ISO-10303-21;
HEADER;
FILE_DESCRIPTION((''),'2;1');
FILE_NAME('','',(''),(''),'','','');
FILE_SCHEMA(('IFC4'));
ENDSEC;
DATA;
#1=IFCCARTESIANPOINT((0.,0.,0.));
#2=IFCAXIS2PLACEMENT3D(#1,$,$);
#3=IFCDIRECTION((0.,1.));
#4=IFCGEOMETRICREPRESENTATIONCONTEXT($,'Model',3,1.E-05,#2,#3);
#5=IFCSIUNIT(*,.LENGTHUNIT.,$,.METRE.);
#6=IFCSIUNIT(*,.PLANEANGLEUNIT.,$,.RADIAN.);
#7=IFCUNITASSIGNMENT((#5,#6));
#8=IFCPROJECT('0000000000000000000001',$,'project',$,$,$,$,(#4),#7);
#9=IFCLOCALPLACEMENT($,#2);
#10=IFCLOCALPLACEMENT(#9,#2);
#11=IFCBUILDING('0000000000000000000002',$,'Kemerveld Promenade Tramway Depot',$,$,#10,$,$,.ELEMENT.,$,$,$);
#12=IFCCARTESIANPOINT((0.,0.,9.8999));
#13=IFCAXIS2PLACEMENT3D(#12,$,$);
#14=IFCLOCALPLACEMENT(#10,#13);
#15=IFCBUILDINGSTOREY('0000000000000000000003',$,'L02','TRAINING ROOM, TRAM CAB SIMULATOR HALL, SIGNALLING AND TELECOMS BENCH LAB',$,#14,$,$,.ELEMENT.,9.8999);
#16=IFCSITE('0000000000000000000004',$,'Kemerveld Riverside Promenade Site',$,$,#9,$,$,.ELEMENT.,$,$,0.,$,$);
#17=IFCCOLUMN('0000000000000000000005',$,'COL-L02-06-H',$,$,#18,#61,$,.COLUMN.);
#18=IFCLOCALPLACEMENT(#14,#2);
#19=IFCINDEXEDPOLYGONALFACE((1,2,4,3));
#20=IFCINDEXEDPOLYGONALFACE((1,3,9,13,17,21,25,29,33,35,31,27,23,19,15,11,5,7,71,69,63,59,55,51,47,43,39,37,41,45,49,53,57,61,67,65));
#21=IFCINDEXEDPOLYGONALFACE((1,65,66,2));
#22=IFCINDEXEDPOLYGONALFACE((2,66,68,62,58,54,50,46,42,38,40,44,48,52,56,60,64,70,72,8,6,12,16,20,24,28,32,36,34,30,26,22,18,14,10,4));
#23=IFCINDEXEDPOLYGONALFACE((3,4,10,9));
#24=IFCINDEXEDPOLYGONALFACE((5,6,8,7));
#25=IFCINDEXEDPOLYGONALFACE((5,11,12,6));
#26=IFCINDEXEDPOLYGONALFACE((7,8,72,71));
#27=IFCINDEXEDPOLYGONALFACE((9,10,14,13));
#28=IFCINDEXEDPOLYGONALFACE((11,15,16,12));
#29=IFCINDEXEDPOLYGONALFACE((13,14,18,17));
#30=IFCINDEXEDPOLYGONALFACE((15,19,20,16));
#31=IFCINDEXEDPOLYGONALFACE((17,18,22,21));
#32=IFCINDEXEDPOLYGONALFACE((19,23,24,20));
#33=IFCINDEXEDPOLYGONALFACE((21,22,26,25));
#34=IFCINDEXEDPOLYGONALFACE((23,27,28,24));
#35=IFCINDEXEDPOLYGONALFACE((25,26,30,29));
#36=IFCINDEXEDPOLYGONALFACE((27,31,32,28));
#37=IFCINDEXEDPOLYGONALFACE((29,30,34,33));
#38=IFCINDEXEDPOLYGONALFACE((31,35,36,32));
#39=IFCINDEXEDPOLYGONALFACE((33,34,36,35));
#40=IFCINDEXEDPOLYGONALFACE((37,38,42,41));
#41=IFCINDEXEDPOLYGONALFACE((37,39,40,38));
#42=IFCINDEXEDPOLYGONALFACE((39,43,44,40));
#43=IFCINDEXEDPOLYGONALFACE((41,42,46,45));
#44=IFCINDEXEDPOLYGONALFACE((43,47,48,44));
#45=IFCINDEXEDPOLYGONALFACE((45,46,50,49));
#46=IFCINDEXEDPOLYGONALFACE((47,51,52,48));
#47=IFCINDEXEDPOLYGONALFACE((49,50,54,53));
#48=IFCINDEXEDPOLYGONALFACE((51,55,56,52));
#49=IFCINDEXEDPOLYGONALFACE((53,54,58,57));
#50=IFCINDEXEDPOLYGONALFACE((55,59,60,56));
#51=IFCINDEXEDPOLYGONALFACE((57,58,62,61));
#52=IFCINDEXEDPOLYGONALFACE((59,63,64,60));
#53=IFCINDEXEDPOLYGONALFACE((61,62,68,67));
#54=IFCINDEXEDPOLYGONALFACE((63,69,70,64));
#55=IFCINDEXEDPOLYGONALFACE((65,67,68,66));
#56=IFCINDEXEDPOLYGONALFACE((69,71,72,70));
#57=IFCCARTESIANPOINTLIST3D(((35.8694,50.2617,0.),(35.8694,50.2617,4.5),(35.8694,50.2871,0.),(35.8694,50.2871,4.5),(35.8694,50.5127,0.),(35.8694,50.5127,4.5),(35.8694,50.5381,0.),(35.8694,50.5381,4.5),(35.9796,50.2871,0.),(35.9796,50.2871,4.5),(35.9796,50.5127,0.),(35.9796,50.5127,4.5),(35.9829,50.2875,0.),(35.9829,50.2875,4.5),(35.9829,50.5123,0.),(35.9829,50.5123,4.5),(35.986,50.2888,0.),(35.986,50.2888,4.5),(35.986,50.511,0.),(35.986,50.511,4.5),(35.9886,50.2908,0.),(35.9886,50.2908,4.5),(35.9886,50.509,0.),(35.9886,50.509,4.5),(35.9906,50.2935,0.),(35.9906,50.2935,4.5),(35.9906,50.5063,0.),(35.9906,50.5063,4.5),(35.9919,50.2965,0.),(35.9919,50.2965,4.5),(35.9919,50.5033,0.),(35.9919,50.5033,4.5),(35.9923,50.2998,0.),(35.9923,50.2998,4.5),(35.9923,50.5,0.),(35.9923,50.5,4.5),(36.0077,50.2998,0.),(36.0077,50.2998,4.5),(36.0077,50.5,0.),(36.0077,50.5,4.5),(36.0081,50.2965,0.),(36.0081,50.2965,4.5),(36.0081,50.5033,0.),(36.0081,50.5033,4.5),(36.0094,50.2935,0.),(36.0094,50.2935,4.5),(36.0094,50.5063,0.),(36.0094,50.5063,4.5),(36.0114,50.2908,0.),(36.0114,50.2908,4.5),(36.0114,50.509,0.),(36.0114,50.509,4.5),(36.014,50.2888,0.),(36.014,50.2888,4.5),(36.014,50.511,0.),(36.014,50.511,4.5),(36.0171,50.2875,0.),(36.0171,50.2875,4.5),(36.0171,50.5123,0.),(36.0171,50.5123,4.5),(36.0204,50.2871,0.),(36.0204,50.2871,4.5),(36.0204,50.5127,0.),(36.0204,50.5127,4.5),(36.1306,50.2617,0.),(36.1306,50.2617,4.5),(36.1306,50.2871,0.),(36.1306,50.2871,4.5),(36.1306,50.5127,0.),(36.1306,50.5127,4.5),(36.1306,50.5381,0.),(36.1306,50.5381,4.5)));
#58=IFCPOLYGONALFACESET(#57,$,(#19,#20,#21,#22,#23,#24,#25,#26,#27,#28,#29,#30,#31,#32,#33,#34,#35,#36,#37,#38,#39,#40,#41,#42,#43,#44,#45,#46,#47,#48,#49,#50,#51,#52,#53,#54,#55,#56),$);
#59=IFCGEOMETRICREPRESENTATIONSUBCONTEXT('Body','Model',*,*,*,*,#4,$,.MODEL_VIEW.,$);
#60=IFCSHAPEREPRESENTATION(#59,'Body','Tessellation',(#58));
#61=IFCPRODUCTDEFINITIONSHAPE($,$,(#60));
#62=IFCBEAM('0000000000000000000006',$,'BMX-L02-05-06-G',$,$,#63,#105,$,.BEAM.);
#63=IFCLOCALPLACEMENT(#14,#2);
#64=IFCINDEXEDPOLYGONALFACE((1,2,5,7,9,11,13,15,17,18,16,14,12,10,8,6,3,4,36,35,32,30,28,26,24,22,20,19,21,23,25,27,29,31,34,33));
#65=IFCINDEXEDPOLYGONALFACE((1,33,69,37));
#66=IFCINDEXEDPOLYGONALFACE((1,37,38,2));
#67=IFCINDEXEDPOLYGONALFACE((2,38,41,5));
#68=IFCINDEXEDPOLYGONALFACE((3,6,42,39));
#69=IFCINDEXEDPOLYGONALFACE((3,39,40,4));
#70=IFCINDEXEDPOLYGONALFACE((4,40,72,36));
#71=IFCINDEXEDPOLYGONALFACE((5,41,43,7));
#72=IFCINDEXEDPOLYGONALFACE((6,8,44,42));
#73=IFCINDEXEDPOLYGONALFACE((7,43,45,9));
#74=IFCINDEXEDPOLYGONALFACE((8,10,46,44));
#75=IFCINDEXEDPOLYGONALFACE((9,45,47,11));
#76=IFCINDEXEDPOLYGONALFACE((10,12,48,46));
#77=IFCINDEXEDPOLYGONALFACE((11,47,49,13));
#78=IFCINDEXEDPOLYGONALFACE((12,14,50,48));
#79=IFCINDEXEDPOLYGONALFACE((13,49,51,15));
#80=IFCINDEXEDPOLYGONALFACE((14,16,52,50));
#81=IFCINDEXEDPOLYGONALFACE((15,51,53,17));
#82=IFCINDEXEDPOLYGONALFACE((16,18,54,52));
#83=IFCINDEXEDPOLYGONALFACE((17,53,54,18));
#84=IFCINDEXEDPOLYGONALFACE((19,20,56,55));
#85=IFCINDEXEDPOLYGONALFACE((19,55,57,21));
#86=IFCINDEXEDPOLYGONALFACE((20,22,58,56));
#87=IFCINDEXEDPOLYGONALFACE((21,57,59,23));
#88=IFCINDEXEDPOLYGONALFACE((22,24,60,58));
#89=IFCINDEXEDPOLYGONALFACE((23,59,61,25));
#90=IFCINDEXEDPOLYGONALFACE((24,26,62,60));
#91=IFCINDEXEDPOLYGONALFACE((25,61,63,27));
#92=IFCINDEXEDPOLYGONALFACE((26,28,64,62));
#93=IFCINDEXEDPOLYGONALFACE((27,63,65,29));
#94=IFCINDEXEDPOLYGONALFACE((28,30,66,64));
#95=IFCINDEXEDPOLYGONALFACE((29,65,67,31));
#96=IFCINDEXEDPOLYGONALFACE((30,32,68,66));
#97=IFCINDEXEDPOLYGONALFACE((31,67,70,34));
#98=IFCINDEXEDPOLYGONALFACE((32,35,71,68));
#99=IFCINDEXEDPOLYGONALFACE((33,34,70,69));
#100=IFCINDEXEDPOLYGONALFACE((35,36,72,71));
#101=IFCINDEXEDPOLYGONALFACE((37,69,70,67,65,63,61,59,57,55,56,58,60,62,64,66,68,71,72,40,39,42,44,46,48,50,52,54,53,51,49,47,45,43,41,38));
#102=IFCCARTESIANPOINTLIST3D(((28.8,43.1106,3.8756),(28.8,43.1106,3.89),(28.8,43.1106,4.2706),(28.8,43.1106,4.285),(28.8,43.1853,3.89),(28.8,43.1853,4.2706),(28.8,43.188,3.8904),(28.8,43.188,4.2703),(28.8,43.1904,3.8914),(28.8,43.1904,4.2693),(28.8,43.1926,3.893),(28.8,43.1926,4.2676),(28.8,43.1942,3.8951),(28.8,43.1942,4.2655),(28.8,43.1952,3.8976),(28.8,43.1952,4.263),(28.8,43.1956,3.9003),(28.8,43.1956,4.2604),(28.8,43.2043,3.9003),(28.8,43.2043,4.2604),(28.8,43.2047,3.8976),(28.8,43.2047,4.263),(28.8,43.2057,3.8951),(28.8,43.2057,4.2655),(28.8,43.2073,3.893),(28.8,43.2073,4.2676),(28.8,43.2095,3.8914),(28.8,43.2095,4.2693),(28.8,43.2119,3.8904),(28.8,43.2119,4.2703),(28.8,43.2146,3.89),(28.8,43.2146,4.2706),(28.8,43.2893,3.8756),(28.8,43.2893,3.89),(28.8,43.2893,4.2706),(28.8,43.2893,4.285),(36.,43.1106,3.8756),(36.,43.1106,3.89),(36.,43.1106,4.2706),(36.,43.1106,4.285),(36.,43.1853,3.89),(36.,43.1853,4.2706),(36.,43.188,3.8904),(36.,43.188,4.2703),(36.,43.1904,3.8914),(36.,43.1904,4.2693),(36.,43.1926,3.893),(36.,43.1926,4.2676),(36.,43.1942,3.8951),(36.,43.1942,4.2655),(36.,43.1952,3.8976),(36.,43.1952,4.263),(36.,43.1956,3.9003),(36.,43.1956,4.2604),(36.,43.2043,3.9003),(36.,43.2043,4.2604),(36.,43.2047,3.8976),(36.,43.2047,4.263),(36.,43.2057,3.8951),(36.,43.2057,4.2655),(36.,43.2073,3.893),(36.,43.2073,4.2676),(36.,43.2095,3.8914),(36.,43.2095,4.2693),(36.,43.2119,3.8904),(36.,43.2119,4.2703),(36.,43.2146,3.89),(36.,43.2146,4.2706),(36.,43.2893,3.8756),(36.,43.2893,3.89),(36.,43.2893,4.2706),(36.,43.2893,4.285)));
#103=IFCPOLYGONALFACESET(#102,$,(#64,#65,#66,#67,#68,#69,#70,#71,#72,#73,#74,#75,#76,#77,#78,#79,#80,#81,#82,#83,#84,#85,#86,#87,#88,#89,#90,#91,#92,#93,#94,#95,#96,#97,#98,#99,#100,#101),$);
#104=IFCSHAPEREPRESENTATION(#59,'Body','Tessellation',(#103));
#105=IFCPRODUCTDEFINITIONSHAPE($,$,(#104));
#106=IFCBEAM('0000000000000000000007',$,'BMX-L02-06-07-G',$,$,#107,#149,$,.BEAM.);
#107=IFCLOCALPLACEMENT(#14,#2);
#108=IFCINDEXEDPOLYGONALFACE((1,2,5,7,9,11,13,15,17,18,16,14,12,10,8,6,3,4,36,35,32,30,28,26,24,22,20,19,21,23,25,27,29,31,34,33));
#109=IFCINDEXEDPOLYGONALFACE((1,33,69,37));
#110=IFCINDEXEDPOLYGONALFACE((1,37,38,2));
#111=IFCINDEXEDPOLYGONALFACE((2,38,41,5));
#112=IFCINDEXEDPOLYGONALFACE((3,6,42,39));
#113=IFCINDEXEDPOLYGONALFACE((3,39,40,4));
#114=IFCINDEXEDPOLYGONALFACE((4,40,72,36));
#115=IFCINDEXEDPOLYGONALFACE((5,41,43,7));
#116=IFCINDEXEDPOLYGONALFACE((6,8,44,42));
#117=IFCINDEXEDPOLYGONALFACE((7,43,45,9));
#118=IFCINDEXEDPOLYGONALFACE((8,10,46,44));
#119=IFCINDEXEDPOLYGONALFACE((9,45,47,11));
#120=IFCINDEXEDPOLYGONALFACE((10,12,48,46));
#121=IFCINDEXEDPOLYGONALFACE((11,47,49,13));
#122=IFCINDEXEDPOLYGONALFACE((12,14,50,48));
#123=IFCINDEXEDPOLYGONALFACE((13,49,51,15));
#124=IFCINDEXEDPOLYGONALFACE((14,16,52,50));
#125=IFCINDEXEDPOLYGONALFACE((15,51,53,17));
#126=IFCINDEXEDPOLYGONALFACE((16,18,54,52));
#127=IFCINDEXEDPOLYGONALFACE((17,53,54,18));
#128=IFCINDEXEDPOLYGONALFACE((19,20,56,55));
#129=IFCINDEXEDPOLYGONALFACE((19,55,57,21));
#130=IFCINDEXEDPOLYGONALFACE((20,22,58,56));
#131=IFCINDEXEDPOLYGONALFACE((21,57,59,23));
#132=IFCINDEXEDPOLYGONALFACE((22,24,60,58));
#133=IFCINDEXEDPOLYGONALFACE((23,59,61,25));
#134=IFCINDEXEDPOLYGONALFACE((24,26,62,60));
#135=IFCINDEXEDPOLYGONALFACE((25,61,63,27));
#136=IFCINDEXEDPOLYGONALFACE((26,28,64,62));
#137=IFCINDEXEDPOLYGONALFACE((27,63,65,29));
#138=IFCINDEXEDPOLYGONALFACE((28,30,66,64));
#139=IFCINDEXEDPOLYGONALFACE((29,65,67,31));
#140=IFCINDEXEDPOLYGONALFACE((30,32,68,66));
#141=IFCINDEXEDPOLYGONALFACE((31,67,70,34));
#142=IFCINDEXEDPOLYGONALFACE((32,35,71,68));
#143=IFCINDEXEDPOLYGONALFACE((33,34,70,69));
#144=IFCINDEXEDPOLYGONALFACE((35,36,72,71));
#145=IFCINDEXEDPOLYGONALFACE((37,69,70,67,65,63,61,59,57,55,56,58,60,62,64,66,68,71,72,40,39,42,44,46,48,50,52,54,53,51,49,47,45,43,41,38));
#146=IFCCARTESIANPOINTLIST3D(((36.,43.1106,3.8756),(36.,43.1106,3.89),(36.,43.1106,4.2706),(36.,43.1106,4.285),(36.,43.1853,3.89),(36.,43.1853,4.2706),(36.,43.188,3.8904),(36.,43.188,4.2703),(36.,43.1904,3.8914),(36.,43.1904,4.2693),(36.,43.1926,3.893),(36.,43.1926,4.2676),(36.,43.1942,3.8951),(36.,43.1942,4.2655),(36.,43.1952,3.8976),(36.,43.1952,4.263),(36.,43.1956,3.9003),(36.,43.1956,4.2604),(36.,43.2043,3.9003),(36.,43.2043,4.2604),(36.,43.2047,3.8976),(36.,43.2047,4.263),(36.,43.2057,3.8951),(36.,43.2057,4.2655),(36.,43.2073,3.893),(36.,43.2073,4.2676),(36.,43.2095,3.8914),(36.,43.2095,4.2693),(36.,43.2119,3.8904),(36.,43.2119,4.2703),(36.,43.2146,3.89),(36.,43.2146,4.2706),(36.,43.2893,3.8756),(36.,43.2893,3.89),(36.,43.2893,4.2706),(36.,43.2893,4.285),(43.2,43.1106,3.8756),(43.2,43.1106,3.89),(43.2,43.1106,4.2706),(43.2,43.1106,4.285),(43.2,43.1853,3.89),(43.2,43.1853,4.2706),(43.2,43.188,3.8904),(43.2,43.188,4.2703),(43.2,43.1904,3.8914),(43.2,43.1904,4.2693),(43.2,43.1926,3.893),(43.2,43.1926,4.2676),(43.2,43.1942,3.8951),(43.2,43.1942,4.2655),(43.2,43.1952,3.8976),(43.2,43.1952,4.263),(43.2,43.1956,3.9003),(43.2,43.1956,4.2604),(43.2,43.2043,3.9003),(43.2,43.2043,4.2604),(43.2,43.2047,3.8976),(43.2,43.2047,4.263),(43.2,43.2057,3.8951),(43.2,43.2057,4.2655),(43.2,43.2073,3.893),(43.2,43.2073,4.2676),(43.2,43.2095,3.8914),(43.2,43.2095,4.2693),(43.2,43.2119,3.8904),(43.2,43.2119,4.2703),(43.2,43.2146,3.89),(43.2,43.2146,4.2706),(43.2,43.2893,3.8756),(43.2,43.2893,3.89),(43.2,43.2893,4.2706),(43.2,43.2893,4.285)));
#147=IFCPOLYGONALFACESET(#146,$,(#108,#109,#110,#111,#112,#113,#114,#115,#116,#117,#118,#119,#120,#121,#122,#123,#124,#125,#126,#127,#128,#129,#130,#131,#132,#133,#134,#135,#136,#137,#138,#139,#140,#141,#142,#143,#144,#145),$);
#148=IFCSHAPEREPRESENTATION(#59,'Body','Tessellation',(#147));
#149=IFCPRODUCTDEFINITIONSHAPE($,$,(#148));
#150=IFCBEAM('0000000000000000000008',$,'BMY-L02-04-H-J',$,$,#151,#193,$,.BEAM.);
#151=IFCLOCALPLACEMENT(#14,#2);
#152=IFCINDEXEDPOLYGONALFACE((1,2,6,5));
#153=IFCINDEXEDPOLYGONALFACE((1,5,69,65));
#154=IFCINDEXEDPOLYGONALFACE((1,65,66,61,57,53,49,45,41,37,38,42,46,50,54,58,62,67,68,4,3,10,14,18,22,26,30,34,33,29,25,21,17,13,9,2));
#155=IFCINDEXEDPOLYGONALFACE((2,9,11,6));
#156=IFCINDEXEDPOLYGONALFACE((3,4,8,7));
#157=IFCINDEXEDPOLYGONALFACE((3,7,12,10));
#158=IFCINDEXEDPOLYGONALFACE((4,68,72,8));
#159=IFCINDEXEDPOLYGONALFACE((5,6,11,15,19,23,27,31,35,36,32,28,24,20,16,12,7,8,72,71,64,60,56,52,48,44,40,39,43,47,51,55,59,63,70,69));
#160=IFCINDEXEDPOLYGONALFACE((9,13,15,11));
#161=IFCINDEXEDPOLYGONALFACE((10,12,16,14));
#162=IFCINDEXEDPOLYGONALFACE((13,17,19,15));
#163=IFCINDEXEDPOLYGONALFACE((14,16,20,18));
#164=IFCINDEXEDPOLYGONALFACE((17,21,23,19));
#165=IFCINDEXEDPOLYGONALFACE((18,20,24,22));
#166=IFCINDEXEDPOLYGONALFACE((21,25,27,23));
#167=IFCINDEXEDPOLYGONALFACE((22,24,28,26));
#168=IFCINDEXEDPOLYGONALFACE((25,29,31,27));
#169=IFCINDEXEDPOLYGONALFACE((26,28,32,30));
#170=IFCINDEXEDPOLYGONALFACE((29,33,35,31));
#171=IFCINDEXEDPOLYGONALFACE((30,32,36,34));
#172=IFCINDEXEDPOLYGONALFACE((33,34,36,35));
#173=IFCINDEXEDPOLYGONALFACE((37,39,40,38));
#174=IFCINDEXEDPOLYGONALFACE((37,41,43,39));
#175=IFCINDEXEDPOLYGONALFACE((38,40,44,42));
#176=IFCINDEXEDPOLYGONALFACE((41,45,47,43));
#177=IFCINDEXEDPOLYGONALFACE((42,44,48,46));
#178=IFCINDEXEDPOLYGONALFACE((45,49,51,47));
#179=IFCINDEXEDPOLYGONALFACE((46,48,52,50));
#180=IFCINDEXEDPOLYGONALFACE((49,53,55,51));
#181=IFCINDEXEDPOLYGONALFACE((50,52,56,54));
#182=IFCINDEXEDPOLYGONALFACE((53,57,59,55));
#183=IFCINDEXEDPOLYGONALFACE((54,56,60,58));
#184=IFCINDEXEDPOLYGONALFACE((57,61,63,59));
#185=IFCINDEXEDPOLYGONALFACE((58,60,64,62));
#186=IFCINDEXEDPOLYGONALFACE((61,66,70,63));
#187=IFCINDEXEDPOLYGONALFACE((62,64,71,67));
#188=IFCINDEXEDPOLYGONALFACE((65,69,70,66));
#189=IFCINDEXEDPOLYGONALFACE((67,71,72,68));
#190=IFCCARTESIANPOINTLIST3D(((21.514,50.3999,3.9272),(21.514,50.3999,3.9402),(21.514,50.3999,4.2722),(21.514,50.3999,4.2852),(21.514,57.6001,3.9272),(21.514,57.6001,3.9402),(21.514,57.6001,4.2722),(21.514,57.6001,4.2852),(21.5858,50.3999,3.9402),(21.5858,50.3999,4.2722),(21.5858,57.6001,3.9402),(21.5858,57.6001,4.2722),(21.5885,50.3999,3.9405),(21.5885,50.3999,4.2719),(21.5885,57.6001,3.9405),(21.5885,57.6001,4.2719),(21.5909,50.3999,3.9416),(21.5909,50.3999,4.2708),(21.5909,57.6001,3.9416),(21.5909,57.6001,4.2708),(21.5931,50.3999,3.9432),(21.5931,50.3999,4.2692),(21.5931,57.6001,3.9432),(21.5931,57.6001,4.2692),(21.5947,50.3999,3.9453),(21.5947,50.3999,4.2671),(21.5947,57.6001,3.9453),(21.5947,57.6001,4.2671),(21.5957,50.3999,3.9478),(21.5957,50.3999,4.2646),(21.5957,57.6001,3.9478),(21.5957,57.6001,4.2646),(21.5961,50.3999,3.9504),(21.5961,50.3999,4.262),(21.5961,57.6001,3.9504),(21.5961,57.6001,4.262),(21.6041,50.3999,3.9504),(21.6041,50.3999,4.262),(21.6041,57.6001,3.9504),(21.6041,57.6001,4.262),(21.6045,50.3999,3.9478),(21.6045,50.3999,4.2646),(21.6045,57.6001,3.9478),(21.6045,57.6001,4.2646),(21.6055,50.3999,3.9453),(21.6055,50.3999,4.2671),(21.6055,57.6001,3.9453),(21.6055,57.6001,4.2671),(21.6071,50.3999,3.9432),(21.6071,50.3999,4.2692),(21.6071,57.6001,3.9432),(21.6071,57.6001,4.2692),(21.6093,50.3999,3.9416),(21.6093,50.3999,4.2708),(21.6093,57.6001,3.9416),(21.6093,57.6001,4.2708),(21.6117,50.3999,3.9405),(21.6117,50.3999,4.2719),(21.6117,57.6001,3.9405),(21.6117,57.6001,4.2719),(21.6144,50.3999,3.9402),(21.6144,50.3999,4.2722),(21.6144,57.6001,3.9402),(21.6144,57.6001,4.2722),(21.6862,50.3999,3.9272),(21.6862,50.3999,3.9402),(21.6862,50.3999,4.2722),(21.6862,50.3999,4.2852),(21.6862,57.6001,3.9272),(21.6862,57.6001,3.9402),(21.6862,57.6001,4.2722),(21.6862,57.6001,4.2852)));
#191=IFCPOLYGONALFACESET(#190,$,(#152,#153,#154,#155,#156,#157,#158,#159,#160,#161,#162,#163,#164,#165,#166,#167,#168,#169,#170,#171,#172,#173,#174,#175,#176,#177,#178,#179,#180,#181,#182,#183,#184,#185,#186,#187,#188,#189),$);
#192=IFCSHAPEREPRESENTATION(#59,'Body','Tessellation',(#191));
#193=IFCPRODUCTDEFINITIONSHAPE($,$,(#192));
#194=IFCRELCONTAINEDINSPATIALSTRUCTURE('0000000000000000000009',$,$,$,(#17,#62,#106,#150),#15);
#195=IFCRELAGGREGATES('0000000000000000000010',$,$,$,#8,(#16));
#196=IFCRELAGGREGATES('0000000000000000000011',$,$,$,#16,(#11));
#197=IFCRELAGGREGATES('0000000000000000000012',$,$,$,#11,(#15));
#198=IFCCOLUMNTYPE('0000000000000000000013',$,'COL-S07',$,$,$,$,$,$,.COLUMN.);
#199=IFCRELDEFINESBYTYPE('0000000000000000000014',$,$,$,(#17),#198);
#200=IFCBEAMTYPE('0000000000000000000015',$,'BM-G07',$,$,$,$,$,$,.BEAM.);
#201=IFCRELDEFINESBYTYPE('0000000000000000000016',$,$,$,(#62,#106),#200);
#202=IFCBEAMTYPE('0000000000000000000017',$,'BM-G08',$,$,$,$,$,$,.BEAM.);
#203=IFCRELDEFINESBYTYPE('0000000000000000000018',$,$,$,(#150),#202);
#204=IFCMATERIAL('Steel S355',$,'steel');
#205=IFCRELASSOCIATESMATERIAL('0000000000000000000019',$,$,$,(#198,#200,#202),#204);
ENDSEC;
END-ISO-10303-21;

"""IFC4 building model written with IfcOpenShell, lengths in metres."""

from ifc_helpers import new_model, si_unit, direction, frame, origin, origin_2d, place, context, subcontext, project, spatial, i_section, extrude, material, material_profile, profile_set, type_object, element, save


model = new_model("IFC4")

# Units and contexts
model_context = context("Model", 3, precision=1e-05, world=origin(), true_north=direction((0.0, 1.0)))
body_context = subcontext(model_context, "Body", "Model", "MODEL_VIEW")
ifc_project = project(units=[si_unit("LENGTHUNIT", "METRE"), si_unit("PLANEANGLEUNIT", "RADIAN")], contexts=[model_context])

# Site, building, storey
site_placement = place(None, origin())
site = spatial("IfcSite", under=ifc_project, at=site_placement, Name="Kemerveld Riverside Promenade Site", CompositionType="ELEMENT", RefElevation=0.0)
building_placement = place(site_placement, origin())
building = spatial("IfcBuilding", under=site, at=building_placement, Name="Kemerveld Promenade Tramway Depot", CompositionType="ELEMENT")
storey_placement = place(building_placement, frame((0.0, 0.0, 9.8999)))
storey = spatial("IfcBuildingStorey", under=building, at=storey_placement, Name="L02", Description="TRAINING ROOM, TRAM CAB SIMULATOR HALL, SIGNALLING AND TELECOMS BENCH LAB", CompositionType="ELEMENT", Elevation=9.8999)

# Column
ifc_material_1 = material(Name="Steel S355", Category="steel")
ifc_material_profile_1 = material_profile(ifc_material_1, i_section(OverallWidth=0.2612, OverallDepth=0.2764, WebThickness=0.0154, FlangeThickness=0.0254, FilletRadius=0.0127, at=origin_2d()), Name="254x254x132 UC")
ifc_profile_set_1 = profile_set([ifc_material_profile_1], Name="Steel S355")
column_type = type_object("IfcColumnType", Name="COL-S07", PredefinedType="COLUMN", material=ifc_profile_set_1)
for number, where, z_axis, x_axis, name in (
    (1, (36.0, 50.3999, 0.0), (0.0, 0.0, 1.0), (1.0, 0.0, 0.0), "COL-L02-06-H"),
):
    element("IfcColumn", number, at=place(storey_placement, frame(where, z_axis=z_axis, x_axis=x_axis)), inside=storey, type_object=column_type, Name=name, PredefinedType="COLUMN", context=body_context, shape_type="SweptSolid", body=[
        extrude(i_section(OverallWidth=0.2612, OverallDepth=0.2764, WebThickness=0.0154, FlangeThickness=0.0254, FilletRadius=0.0127, at=origin_2d()), origin(), (0.0, 0.0, 1.0), 4.5),
    ])

# Beams
ifc_material_profile_2 = material_profile(ifc_material_1, i_section(OverallWidth=0.1787, OverallDepth=0.4094, WebThickness=0.0088, FlangeThickness=0.0144, FilletRadius=0.0103, at=origin_2d()), Name="406x178x67 UB")
ifc_profile_set_2 = profile_set([ifc_material_profile_2], Name="Steel S355")
beam_type_1 = type_object("IfcBeamType", Name="BM-G07", PredefinedType="BEAM", material=ifc_profile_set_2)
for number, where, z_axis, x_axis, name in (
    (2, (28.8, 43.2, 4.0803), (1.0, 0.0, 0.0), (0.0, 1.0, 0.0), "BMX-L02-05-06-G"),
    (3, (36.0, 43.2, 4.0803), (1.0, 0.0, 0.0), (0.0, 1.0, 0.0), "BMX-L02-06-07-G"),
):
    element("IfcBeam", number, at=place(storey_placement, frame(where, z_axis=z_axis, x_axis=x_axis)), inside=storey, type_object=beam_type_1, Name=name, PredefinedType="BEAM", context=body_context, shape_type="SweptSolid", body=[
        extrude(i_section(OverallWidth=0.1787, OverallDepth=0.4094, WebThickness=0.0088, FlangeThickness=0.0144, FilletRadius=0.0103, at=origin_2d()), origin(), (0.0, 0.0, 1.0), 7.2),
    ])
ifc_material_profile_3 = material_profile(ifc_material_1, i_section(OverallWidth=0.1721, OverallDepth=0.3579, WebThickness=0.0081, FlangeThickness=0.0129, FilletRadius=0.0103, at=origin_2d()), Name="356x171x57 UB")
ifc_profile_set_3 = profile_set([ifc_material_profile_3], Name="Steel S355")
beam_type_2 = type_object("IfcBeamType", Name="BM-G08", PredefinedType="BEAM", material=ifc_profile_set_3)
beam_1_placement = place(storey_placement, frame((21.6001, 50.3999, 4.1062), z_axis=(0.0, 1.0, 0.0), x_axis=(-1.0, 0.0, 0.0)))
element("IfcBeam", 4, at=beam_1_placement, inside=storey, type_object=beam_type_2, Name="BMY-L02-04-H-J", PredefinedType="BEAM", context=body_context, shape_type="SweptSolid", body=[
    extrude(i_section(OverallWidth=0.1721, OverallDepth=0.3579, WebThickness=0.0081, FlangeThickness=0.0129, FilletRadius=0.0103, at=origin_2d()), origin(), (0.0, 0.0, 1.0), 7.2002),
])

save(model, "model.ifc")
